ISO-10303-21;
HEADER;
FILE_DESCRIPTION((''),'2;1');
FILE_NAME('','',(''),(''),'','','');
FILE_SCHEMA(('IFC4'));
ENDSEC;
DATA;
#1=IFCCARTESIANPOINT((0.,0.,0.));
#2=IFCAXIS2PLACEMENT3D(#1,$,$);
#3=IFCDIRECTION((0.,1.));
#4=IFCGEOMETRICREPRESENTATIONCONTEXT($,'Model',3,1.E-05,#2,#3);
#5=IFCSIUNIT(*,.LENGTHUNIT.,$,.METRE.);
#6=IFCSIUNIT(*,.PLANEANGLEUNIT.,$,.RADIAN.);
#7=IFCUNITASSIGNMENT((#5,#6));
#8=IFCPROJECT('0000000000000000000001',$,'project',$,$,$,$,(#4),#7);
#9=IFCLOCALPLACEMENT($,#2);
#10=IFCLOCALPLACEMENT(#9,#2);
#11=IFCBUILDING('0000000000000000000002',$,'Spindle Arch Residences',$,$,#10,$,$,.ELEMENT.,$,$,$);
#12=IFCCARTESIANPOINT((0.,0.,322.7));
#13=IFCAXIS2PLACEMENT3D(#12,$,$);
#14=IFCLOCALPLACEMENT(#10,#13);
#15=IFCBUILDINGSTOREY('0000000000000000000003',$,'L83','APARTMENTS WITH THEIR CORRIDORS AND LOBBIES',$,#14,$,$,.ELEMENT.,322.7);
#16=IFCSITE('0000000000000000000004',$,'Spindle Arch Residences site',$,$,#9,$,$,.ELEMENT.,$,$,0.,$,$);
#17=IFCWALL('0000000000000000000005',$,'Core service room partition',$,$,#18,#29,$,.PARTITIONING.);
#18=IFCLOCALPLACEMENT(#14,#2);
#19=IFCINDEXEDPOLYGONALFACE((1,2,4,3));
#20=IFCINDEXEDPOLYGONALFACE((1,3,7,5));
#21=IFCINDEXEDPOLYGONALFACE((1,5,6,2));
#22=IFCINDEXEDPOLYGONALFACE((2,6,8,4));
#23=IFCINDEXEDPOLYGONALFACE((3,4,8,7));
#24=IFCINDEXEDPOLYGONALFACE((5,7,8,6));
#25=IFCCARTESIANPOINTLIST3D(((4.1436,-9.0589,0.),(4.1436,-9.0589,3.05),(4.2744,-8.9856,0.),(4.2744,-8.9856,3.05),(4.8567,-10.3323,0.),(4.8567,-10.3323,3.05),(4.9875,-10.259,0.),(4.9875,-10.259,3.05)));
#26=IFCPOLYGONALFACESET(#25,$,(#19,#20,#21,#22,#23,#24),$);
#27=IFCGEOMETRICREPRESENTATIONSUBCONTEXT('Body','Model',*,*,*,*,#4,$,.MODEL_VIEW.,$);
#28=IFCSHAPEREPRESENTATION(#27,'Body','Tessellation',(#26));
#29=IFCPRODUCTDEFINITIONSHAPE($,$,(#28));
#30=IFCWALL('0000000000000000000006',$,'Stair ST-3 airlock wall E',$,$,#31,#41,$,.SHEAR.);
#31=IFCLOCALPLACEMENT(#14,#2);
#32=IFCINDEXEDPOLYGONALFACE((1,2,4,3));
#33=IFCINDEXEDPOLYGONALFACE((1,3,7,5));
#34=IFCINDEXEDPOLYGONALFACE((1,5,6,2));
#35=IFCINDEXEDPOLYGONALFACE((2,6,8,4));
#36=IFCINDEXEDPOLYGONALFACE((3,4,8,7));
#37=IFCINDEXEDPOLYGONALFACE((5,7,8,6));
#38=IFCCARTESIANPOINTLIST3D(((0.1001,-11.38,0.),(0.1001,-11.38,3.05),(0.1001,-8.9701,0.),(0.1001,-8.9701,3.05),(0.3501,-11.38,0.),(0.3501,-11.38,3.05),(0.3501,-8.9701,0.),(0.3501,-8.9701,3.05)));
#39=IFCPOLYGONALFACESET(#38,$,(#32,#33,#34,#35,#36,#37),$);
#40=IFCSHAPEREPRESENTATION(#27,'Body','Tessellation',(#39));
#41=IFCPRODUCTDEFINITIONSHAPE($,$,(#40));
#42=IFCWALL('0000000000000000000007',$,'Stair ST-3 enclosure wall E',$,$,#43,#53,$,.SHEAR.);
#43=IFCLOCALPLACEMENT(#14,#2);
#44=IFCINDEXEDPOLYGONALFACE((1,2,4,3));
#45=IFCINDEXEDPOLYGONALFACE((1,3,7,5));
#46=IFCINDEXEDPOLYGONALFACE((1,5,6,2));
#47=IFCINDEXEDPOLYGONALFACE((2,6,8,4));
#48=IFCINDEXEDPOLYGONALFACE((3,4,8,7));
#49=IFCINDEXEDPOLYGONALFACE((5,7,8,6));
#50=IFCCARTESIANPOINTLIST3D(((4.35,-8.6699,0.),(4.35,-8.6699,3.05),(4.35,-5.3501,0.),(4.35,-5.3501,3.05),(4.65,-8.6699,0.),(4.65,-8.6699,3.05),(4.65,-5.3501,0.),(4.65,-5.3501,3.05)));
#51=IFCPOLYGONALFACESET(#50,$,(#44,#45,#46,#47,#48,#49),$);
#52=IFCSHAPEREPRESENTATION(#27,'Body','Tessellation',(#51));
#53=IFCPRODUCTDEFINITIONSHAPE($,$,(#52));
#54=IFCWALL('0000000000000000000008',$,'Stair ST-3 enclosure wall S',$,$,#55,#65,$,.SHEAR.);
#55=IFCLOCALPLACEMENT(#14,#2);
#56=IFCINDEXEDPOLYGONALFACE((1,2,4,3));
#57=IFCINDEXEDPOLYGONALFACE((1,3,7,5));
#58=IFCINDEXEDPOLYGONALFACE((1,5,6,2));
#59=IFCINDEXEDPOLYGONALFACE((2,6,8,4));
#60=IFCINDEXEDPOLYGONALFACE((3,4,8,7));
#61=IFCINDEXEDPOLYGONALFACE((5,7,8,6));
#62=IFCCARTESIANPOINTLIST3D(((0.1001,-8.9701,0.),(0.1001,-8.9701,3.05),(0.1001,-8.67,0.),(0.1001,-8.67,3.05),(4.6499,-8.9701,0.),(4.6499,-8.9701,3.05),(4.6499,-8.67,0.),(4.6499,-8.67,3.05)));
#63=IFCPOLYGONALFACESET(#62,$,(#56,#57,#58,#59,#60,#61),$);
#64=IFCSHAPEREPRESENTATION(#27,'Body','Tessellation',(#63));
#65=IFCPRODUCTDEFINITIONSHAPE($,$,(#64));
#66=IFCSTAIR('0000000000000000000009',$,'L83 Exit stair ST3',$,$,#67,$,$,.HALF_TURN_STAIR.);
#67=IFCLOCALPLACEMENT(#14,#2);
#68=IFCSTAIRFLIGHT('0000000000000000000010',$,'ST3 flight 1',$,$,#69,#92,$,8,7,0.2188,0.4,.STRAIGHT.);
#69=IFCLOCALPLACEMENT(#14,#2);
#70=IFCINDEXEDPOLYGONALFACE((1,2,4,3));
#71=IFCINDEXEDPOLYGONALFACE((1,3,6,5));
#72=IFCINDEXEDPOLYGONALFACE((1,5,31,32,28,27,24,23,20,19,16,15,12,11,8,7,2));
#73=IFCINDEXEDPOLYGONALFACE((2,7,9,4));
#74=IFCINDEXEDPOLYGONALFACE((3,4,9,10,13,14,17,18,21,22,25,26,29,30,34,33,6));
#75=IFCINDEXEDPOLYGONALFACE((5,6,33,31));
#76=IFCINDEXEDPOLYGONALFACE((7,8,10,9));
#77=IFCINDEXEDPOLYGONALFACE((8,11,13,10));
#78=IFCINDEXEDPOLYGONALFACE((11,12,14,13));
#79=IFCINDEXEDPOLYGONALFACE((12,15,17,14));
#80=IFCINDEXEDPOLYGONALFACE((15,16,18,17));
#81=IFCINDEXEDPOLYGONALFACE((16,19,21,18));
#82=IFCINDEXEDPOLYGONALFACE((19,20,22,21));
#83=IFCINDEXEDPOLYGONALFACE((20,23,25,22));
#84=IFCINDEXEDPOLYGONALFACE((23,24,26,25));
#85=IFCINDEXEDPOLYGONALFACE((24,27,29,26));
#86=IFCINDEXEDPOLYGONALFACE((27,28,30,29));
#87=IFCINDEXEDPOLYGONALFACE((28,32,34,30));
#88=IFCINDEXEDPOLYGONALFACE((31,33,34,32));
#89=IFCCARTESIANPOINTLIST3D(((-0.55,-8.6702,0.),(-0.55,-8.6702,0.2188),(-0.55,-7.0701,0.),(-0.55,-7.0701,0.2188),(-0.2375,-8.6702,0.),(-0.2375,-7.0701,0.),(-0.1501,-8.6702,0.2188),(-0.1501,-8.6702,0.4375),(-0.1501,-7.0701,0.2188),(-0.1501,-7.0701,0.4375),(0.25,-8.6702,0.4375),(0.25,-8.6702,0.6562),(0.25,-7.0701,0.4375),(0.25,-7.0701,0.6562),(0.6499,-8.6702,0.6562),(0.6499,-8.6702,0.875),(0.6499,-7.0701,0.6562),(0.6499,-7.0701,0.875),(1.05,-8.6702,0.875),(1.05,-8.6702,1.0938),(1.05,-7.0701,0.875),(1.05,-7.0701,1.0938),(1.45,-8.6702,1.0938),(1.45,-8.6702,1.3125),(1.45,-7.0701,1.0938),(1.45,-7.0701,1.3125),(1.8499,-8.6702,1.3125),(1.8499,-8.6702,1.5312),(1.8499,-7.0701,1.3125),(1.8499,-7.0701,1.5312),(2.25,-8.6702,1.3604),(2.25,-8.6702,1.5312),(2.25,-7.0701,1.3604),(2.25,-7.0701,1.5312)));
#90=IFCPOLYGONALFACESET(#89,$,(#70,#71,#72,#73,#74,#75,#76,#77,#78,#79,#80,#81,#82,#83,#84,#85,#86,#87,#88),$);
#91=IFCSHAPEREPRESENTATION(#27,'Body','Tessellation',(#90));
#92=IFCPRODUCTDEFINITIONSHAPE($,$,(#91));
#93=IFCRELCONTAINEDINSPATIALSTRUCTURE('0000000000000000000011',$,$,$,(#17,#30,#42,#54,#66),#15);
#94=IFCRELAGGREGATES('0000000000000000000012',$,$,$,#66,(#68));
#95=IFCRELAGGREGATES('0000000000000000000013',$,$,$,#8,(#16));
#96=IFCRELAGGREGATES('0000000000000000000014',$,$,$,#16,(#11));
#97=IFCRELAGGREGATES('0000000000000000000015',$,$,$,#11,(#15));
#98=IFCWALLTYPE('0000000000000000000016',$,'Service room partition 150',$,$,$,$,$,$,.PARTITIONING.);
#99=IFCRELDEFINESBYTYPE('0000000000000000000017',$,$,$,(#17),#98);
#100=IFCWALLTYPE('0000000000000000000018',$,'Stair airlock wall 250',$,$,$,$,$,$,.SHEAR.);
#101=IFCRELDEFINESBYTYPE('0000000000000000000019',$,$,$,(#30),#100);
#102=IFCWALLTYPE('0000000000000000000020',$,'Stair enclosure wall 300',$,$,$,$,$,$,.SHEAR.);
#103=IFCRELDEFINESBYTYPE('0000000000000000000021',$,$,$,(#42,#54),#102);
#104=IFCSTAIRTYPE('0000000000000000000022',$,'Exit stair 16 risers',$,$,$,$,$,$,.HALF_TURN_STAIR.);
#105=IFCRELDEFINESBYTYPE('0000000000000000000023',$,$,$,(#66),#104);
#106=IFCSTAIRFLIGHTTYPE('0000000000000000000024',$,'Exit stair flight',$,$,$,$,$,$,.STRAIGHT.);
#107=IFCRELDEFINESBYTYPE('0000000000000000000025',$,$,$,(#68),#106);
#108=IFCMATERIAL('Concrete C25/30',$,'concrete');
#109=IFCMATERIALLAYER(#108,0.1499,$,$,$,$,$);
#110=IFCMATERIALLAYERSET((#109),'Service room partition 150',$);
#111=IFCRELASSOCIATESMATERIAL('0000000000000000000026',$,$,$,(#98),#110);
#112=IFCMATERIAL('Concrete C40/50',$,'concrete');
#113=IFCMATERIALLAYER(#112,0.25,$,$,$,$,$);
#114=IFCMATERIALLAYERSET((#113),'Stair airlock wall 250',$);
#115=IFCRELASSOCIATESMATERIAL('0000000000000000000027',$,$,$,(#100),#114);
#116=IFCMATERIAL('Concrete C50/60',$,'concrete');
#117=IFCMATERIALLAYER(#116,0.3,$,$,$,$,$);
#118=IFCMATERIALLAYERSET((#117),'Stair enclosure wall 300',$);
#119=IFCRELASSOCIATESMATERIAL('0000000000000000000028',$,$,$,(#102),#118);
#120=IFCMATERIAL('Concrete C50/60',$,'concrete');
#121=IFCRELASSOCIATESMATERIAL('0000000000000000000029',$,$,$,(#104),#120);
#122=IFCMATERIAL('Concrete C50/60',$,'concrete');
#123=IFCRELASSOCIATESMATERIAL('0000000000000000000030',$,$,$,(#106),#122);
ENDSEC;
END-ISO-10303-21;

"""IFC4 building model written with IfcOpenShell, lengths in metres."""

from ifc_helpers import new_model, si_unit, direction, frame, frame_2d, origin, place, context, subcontext, project, spatial, polyline, rectangle, outline, extrude, material, layer, layer_set, type_object, element, aggregate, save


model = new_model("IFC4")

# Units and contexts
model_context = context("Model", 3, precision=1e-05, world=origin(), true_north=direction((0.0, 1.0)))
body_context = subcontext(model_context, "Body", "Model", "MODEL_VIEW")
ifc_project = project(units=[si_unit("LENGTHUNIT", "METRE"), si_unit("PLANEANGLEUNIT", "RADIAN")], contexts=[model_context])

# Site, building, storey
site_placement = place(None, origin())
site = spatial("IfcSite", under=ifc_project, at=site_placement, Name="Spindle Arch Residences site", CompositionType="ELEMENT", RefElevation=0.0)
building_placement = place(site_placement, origin())
building = spatial("IfcBuilding", under=site, at=building_placement, Name="Spindle Arch Residences", CompositionType="ELEMENT")
storey_placement = place(building_placement, frame((0.0, 0.0, 322.7)))
storey = spatial("IfcBuildingStorey", under=building, at=storey_placement, Name="L83", Description="APARTMENTS WITH THEIR CORRIDORS AND LOBBIES", CompositionType="ELEMENT", Elevation=322.7)

# Walls
ifc_material_1 = material(Name="Concrete C25/30", Category="concrete")
ifc_layer_1 = layer(ifc_material_1, 0.1499)
ifc_layer_set_1 = layer_set([ifc_layer_1], Name="Service room partition 150")
wall_type_1 = type_object("IfcWallType", Name="Service room partition 150", PredefinedType="PARTITIONING", material=ifc_layer_set_1)
wall_1_placement = place(storey_placement, frame((4.9221, -10.2957, 0.0), z_axis=(0.0, 0.0, 1.0), x_axis=(-0.488608, 0.872503, 0.0)))
element("IfcWall", 1, at=wall_1_placement, inside=storey, type_object=wall_type_1, Name="Core service room partition", PredefinedType="PARTITIONING", context=body_context, shape_type="SweptSolid", body=[
    extrude(rectangle(XDim=1.4595, YDim=0.1499, at=frame_2d((0.7297, 0.0))), origin(), (0.0, 0.0, 1.0), 3.05),
])
ifc_material_2 = material(Name="Concrete C40/50", Category="concrete")
ifc_layer_2 = layer(ifc_material_2, 0.25)
ifc_layer_set_2 = layer_set([ifc_layer_2], Name="Stair airlock wall 250")
wall_type_2 = type_object("IfcWallType", Name="Stair airlock wall 250", PredefinedType="SHEAR", material=ifc_layer_set_2)
wall_2_placement = place(storey_placement, frame((0.2251, -8.97, 0.0), z_axis=(0.0, 0.0, 1.0), x_axis=(0.0, -1.0, 0.0)))
element("IfcWall", 2, at=wall_2_placement, inside=storey, type_object=wall_type_2, Name="Stair ST-3 airlock wall E", PredefinedType="SHEAR", context=body_context, shape_type="SweptSolid", body=[
    extrude(rectangle(XDim=2.4099, YDim=0.25, at=frame_2d((1.2051, 0.0))), origin(), (0.0, 0.0, 1.0), 3.05),
])
ifc_material_3 = material(Name="Concrete C50/60", Category="concrete")
ifc_layer_3 = layer(ifc_material_3, 0.3)
ifc_layer_set_3 = layer_set([ifc_layer_3], Name="Stair enclosure wall 300")
wall_type_3 = type_object("IfcWallType", Name="Stair enclosure wall 300", PredefinedType="SHEAR", material=ifc_layer_set_3)
wall_3_placement = place(storey_placement, frame((4.5, -8.6699, 0.0), z_axis=(0.0, 0.0, 1.0), x_axis=(0.0, 1.0, 0.0)))
element("IfcWall", 3, at=wall_3_placement, inside=storey, type_object=wall_type_3, Name="Stair ST-3 enclosure wall E", PredefinedType="SHEAR", context=body_context, shape_type="SweptSolid", body=[
    extrude(rectangle(XDim=3.3198, YDim=0.3, at=frame_2d((1.6599, 0.0))), origin(), (0.0, 0.0, 1.0), 3.05),
])
wall_4_placement = place(storey_placement, frame((0.1001, -8.8201, 0.0), z_axis=(0.0, 0.0, 1.0), x_axis=(1.0, 0.0, 0.0)))
element("IfcWall", 4, at=wall_4_placement, inside=storey, type_object=wall_type_3, Name="Stair ST-3 enclosure wall S", PredefinedType="SHEAR", context=body_context, shape_type="SweptSolid", body=[
    extrude(rectangle(XDim=4.5498, YDim=0.3, at=frame_2d((2.2749, 0.0))), origin(), (0.0, 0.0, 1.0), 3.05),
])

# Stair, stair flight
ifc_material_4 = material(Name="Concrete C50/60", Category="concrete")
stair_type = type_object("IfcStairType", Name="Exit stair 16 risers", PredefinedType="HALF_TURN_STAIR", material=ifc_material_4)
stair_placement = place(storey_placement, origin())
stair = element("IfcStair", 5, at=stair_placement, inside=storey, type_object=stair_type, Name="L83 Exit stair ST3", PredefinedType="HALF_TURN_STAIR")
ifc_material_5 = material(Name="Concrete C50/60", Category="concrete")
stair_flight_type = type_object("IfcStairFlightType", Name="Exit stair flight", PredefinedType="STRAIGHT", material=ifc_material_5)
stair_flight_placement = place(storey_placement, frame((-0.55, -7.8701, 0.0), z_axis=(0.0, 0.0, 1.0), x_axis=(1.0, 0.0, 0.0)))
stair_flight = element("IfcStairFlight", 6, at=stair_flight_placement, type_object=stair_flight_type, Name="ST3 flight 1", NumberOfRisers=8, NumberOfTreads=7, PredefinedType="STRAIGHT", RiserHeight=0.2188, TreadLength=0.4, context=body_context, shape_type="SweptSolid", body=[
    extrude(outline(polyline([(0.0, 0.0), (0.0, 0.2188), (0.3999, 0.2188), (0.3999, 0.4375), (0.8, 0.4375), (0.8, 0.6562), (1.2, 0.6562), (1.2, 0.875), (1.6001, 0.875), (1.6001, 1.0938), (2.0, 1.0938), (2.0, 1.3125), (2.3999, 1.3125), (2.3999, 1.5312), (2.8, 1.5312), (2.8, 1.75), (2.8, 1.3604), (0.3125, 0.0), (0.0, 0.0)])), frame((0.0, 0.8, 0.0), z_axis=(0.0, -1.0, 0.0), x_axis=(1.0, 0.0, 0.0)), (0.0, 0.0, 1.0), 1.6001),
])
aggregate(stair, [stair_flight])

save(model, "model.ifc")
